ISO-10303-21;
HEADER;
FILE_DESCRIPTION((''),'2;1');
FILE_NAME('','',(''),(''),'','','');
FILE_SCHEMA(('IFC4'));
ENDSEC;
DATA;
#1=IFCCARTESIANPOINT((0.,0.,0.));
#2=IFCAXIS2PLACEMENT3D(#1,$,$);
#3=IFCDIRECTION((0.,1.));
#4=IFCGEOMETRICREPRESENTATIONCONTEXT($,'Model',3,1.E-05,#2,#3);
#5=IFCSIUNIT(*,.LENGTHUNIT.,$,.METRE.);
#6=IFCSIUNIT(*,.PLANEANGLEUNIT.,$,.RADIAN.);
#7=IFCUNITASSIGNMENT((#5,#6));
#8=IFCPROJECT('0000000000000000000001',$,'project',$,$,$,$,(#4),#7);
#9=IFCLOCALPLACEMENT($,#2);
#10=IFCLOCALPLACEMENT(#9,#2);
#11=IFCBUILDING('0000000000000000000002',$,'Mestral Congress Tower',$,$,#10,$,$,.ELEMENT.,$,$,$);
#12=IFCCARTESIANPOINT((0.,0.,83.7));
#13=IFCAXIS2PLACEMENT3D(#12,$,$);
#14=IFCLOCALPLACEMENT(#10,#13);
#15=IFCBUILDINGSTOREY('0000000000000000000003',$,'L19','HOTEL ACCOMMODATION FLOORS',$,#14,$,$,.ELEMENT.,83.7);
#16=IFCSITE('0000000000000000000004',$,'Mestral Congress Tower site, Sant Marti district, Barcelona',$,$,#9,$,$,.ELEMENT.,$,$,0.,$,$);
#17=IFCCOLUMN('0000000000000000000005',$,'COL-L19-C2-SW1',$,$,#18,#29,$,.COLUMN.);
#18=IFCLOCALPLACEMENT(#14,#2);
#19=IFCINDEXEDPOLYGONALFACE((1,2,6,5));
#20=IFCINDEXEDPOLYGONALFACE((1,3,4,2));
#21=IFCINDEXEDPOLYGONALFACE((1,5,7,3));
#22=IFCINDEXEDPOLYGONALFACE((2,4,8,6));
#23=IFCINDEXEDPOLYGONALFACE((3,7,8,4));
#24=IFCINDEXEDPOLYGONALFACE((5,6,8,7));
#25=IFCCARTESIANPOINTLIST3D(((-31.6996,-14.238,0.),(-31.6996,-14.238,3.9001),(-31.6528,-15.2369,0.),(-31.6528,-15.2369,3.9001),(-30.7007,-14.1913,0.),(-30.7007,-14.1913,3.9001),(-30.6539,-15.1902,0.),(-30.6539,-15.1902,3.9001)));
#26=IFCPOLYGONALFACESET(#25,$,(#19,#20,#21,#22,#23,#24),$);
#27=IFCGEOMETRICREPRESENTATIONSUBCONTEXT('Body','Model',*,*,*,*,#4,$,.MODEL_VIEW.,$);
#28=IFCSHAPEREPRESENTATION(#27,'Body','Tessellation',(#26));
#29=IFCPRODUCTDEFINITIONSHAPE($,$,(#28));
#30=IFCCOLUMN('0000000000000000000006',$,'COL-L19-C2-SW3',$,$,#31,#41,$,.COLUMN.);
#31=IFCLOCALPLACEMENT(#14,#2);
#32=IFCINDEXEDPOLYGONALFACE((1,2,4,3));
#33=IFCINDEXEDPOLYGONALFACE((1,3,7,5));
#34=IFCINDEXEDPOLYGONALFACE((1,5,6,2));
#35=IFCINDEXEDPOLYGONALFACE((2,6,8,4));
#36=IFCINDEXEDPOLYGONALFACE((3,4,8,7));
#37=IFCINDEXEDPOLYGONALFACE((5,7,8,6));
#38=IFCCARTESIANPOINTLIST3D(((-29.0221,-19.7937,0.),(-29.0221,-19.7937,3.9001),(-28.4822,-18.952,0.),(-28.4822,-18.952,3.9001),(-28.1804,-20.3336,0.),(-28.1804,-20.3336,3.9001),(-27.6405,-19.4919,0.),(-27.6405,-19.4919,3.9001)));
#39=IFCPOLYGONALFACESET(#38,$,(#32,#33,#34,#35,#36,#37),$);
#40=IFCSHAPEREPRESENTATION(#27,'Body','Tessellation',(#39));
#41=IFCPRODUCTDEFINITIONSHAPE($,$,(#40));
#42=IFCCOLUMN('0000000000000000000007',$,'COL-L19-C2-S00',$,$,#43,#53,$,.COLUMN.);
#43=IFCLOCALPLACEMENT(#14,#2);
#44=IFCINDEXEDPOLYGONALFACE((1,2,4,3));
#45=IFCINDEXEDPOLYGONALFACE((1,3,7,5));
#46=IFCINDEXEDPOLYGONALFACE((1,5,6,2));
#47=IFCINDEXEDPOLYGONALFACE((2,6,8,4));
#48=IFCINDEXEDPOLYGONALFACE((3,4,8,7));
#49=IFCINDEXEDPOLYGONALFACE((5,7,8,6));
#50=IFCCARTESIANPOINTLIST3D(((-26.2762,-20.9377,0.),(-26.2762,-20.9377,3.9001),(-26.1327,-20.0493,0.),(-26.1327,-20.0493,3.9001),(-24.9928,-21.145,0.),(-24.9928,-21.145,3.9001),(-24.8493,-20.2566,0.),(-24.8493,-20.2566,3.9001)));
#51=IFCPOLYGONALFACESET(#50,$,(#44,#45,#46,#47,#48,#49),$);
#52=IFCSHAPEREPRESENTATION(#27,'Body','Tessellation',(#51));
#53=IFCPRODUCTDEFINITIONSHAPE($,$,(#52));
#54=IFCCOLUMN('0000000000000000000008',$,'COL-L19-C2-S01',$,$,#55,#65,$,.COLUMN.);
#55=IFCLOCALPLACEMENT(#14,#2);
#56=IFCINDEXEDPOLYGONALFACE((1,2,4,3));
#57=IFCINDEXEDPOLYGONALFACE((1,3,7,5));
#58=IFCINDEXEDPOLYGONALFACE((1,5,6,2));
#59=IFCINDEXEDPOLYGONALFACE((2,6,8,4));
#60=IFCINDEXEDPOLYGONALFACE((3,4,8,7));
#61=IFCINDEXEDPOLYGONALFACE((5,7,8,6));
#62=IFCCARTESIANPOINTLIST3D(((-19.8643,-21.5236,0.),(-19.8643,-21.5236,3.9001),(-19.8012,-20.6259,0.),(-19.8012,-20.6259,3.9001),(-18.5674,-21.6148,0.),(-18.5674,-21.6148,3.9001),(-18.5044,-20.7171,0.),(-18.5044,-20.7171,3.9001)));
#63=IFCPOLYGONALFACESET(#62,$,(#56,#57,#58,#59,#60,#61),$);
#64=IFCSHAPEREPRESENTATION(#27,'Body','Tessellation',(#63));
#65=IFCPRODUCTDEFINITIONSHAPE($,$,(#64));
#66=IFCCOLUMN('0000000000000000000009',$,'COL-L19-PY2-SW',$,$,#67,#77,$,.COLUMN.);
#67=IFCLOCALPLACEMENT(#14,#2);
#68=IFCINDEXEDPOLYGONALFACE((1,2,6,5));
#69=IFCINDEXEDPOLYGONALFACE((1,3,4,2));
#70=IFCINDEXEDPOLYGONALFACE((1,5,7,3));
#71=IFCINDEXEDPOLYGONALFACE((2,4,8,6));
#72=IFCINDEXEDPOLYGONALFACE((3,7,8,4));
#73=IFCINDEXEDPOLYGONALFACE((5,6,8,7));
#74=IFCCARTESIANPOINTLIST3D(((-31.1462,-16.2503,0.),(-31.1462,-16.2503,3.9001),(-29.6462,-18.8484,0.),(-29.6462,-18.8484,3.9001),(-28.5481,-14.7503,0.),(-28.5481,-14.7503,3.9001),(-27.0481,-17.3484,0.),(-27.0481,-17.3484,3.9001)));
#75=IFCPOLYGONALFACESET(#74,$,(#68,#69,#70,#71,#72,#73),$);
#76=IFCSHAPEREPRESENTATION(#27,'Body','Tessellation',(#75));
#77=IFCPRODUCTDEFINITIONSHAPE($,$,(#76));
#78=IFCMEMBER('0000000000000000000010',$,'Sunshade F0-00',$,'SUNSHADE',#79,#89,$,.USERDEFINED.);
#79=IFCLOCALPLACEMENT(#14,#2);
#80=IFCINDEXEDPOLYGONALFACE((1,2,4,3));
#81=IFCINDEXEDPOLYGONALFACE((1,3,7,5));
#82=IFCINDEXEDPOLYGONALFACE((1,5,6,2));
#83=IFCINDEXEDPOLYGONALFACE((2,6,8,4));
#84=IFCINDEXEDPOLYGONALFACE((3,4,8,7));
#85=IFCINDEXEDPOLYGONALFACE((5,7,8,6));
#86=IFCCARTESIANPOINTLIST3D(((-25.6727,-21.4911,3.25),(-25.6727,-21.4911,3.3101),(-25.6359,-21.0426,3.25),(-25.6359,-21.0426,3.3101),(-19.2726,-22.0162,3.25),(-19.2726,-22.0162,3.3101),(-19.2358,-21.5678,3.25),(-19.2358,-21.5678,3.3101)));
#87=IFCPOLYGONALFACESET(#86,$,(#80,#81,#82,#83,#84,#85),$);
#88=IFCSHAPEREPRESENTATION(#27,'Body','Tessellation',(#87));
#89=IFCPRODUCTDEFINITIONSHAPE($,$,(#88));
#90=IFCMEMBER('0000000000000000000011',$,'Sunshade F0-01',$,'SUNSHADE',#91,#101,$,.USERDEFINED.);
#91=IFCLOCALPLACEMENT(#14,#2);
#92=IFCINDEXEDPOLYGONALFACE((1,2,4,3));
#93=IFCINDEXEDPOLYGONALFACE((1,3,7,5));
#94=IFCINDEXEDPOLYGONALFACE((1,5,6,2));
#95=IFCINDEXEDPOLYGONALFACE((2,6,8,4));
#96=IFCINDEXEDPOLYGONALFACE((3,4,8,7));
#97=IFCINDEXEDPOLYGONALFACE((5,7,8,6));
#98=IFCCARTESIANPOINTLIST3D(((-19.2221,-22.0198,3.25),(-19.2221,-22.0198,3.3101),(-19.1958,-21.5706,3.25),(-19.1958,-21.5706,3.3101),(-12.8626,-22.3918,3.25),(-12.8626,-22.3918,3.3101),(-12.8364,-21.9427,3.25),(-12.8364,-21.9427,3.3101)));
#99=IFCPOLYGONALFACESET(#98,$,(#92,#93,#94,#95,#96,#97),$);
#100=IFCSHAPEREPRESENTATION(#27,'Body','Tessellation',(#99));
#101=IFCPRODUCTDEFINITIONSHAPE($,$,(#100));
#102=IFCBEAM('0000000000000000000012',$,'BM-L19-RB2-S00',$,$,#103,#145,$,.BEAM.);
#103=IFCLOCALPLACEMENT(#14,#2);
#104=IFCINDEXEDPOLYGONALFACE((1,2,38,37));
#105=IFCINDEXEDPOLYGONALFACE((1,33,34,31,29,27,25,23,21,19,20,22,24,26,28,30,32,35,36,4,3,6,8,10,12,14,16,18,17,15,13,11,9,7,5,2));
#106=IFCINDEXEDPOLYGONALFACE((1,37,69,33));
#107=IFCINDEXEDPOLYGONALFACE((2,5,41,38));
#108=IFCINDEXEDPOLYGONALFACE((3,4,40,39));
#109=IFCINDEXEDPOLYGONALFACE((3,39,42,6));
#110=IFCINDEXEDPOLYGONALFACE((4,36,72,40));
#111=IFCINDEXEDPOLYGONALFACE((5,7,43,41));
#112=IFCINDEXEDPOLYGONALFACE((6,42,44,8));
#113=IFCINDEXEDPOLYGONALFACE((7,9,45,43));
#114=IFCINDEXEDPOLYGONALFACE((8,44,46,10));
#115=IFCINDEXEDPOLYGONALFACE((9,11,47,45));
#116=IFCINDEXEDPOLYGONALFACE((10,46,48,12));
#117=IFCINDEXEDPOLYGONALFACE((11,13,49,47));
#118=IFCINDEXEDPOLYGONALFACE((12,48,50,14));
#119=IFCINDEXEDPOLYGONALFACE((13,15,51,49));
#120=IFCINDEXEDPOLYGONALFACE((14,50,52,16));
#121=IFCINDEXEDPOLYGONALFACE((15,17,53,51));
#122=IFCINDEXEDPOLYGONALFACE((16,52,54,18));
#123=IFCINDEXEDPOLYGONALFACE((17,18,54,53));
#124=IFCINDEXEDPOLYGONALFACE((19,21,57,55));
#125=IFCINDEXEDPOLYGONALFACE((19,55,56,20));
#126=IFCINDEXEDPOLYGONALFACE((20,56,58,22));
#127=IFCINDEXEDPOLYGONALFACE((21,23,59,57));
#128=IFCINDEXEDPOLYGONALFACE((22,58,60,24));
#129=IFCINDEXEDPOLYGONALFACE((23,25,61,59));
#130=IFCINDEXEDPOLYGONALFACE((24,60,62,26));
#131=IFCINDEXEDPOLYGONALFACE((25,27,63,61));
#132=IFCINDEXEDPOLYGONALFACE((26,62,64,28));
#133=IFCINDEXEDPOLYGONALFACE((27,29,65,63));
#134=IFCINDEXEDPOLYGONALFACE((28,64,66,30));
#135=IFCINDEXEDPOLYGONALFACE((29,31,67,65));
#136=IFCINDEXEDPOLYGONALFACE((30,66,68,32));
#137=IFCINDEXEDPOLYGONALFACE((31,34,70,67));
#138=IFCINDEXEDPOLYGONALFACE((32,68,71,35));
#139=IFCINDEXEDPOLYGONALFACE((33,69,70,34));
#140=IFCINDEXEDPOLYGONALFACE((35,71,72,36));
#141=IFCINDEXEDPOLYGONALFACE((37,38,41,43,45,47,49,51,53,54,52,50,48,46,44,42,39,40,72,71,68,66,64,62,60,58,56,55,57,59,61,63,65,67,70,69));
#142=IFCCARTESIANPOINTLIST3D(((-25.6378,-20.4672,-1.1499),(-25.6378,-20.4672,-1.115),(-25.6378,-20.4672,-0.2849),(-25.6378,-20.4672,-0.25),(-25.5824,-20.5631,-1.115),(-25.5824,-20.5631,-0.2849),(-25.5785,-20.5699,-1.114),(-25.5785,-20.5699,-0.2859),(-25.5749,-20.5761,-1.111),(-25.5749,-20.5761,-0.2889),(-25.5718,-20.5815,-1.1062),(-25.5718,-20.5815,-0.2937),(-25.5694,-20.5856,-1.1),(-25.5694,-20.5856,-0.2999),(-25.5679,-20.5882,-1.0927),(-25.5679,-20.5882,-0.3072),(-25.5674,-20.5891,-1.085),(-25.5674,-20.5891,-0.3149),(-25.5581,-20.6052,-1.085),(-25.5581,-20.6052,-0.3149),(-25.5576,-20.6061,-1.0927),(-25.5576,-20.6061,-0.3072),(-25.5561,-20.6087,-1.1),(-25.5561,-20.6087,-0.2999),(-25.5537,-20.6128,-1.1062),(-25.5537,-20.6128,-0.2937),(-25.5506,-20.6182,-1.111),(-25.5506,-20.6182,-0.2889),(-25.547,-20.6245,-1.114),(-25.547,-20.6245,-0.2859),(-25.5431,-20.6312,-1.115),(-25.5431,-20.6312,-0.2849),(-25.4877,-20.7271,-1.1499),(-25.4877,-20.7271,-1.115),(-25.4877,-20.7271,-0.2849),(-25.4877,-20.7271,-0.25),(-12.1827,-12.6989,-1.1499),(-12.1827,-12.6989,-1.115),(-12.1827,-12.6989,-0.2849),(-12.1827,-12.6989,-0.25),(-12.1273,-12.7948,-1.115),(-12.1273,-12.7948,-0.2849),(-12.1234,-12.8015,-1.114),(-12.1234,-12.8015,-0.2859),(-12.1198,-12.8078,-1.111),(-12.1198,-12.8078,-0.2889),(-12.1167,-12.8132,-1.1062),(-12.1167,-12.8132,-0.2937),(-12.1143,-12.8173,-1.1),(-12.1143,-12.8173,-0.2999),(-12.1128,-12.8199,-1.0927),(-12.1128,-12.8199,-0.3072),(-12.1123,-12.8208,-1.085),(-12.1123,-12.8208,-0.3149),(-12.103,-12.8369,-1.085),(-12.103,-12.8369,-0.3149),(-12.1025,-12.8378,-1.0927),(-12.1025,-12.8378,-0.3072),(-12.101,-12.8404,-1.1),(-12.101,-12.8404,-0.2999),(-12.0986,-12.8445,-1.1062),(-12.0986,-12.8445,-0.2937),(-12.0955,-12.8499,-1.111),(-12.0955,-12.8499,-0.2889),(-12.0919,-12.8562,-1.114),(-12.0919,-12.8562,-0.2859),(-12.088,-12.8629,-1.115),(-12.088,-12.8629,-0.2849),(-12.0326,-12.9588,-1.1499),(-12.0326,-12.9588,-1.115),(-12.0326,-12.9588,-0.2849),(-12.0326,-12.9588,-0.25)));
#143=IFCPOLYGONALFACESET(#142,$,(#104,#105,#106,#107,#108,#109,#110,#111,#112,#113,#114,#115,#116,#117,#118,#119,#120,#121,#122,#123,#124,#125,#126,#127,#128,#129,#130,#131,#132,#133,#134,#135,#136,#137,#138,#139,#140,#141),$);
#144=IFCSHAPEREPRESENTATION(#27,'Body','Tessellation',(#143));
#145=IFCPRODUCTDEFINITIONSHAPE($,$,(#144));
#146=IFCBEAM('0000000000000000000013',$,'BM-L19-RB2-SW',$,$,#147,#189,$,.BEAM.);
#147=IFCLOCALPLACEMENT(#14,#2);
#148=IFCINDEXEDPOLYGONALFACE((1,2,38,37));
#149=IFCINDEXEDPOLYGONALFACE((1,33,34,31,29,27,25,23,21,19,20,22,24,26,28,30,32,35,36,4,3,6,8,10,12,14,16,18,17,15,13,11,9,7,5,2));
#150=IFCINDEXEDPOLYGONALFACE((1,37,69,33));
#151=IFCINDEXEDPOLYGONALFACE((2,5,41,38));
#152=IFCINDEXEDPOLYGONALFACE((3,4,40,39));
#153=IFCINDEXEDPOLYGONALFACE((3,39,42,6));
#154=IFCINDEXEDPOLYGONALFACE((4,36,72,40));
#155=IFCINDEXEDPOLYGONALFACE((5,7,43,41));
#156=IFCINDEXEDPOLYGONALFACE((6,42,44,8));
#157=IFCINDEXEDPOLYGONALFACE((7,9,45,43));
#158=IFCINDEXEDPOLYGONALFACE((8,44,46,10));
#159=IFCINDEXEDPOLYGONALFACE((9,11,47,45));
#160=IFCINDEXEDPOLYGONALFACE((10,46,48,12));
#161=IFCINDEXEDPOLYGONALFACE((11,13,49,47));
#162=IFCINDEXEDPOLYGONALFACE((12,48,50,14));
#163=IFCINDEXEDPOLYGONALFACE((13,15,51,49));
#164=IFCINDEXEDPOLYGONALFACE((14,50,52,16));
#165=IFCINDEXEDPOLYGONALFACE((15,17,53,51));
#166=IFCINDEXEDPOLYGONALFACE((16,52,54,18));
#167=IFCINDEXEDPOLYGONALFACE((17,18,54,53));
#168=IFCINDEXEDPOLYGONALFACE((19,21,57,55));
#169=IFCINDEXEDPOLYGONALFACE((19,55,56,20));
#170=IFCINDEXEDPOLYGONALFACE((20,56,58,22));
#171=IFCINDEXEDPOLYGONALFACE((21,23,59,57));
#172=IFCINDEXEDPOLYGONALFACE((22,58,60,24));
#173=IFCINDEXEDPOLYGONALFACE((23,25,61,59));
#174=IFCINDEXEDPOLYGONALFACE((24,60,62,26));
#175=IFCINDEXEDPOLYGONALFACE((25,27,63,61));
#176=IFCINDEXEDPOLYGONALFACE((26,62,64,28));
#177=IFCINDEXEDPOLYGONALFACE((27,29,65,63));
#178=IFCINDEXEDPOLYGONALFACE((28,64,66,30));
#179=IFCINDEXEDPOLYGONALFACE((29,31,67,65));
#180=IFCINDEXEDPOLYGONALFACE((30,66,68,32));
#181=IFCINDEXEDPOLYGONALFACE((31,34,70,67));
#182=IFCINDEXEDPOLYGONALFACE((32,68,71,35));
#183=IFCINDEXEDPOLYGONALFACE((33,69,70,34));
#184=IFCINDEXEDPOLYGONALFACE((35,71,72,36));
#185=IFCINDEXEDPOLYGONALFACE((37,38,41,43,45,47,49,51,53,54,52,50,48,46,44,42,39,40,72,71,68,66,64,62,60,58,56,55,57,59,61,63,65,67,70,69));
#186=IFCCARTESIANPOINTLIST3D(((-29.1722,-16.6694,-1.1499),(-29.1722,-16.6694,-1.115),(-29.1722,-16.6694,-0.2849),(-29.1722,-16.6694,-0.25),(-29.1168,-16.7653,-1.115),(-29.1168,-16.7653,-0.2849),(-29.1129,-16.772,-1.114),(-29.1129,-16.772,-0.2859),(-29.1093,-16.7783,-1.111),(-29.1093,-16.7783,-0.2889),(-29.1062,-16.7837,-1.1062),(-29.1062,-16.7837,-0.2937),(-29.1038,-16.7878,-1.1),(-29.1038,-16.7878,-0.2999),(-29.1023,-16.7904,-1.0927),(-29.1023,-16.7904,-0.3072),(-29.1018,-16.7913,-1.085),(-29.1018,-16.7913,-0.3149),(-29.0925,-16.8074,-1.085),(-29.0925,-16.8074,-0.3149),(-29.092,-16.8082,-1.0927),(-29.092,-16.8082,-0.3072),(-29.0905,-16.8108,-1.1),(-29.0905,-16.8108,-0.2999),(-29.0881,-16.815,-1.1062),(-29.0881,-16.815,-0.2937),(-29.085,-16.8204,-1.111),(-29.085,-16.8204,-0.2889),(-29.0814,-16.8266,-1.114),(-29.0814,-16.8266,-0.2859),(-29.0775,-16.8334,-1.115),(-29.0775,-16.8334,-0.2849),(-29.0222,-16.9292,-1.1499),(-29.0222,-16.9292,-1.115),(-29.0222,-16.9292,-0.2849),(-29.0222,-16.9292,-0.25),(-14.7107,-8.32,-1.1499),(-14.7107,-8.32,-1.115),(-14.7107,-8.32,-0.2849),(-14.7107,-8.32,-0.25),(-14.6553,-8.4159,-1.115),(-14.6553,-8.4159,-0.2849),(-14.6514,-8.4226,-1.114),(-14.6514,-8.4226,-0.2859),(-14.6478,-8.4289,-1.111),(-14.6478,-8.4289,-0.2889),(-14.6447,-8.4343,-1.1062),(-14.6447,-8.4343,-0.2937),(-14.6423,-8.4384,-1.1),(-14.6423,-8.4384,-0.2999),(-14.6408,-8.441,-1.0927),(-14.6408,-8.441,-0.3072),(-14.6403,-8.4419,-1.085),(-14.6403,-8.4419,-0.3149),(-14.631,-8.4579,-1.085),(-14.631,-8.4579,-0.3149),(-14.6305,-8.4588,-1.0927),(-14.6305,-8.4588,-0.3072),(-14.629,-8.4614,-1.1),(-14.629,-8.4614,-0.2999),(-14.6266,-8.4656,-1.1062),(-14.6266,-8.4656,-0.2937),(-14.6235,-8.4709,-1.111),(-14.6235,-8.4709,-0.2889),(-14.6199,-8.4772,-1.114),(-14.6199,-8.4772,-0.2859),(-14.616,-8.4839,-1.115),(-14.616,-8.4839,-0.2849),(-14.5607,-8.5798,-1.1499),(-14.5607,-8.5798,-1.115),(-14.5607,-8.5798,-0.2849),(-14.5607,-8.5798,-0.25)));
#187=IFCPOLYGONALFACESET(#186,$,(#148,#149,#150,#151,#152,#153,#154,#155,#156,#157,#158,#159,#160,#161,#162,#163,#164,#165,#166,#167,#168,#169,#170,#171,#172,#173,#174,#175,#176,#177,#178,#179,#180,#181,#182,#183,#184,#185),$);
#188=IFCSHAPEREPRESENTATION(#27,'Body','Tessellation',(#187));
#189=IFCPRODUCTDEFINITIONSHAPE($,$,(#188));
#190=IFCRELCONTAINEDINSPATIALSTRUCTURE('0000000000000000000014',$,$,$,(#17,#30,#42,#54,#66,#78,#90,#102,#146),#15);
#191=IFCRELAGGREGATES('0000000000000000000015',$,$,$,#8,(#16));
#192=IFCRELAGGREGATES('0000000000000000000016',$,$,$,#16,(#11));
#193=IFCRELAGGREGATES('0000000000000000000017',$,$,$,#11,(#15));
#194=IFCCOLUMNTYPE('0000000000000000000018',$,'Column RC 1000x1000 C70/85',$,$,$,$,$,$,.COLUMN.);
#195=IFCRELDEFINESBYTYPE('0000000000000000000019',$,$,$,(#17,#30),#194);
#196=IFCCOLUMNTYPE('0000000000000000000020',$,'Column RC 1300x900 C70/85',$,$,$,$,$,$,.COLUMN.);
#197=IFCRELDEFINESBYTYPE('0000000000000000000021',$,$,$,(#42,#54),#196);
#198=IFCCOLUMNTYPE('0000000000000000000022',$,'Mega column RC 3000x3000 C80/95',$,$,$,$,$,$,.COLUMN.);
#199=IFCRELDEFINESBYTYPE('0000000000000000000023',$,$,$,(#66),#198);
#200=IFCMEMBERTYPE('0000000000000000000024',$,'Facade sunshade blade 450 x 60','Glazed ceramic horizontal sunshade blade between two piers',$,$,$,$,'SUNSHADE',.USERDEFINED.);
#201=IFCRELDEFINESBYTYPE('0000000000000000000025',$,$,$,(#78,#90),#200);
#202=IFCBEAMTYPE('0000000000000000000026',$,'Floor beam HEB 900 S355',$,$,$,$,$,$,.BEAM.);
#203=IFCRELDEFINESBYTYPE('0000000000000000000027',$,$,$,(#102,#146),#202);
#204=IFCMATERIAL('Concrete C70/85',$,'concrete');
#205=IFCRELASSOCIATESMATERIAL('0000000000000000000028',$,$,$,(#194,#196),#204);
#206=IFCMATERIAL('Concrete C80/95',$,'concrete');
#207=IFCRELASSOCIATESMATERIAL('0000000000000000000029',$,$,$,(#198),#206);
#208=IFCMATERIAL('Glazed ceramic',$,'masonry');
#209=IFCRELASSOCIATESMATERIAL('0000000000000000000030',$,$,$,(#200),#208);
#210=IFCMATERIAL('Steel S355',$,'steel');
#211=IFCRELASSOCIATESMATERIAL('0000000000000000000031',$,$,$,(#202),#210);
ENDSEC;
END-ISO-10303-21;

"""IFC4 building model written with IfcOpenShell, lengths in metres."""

from ifc_helpers import new_model, si_unit, direction, frame, origin, origin_2d, place, context, subcontext, project, spatial, rectangle, i_section, extrude, material, material_profile, profile_set, type_object, element, save


model = new_model("IFC4")

# Units and contexts
model_context = context("Model", 3, precision=1e-05, world=origin(), true_north=direction((0.0, 1.0)))
body_context = subcontext(model_context, "Body", "Model", "MODEL_VIEW")
ifc_project = project(units=[si_unit("LENGTHUNIT", "METRE"), si_unit("PLANEANGLEUNIT", "RADIAN")], contexts=[model_context])

# Site, building, storey
site_placement = place(None, origin())
site = spatial("IfcSite", under=ifc_project, at=site_placement, Name="Mestral Congress Tower site, Sant Marti district, Barcelona", CompositionType="ELEMENT", RefElevation=0.0)
building_placement = place(site_placement, origin())
building = spatial("IfcBuilding", under=site, at=building_placement, Name="Mestral Congress Tower", CompositionType="ELEMENT")
storey_placement = place(building_placement, frame((0.0, 0.0, 83.7)))
storey = spatial("IfcBuildingStorey", under=building, at=storey_placement, Name="L19", Description="HOTEL ACCOMMODATION FLOORS", CompositionType="ELEMENT", Elevation=83.7)

# Columns
ifc_material_1 = material(Name="Concrete C70/85", Category="concrete")
ifc_material_profile_1 = material_profile(ifc_material_1, rectangle(XDim=1.0, YDim=1.0, at=origin_2d()), Name="RC 1000x1000")
ifc_profile_set_1 = profile_set([ifc_material_profile_1], Name="Concrete C70/85")
column_type_1 = type_object("IfcColumnType", Name="Column RC 1000x1000 C70/85", PredefinedType="COLUMN", material=ifc_profile_set_1)
for number, where, z_axis, x_axis, name in (
    (1, (-31.1768, -14.7141, 0.0), (0.0, 0.0, 1.0), (0.046756, -0.998906, 0.0), "COL-L19-C2-SW1"),
    (2, (-28.3313, -19.6428, 0.0), (0.0, 0.0, 1.0), (0.8417, -0.539945, 0.0), "COL-L19-C2-SW3"),
):
    element("IfcColumn", number, at=place(storey_placement, frame(where, z_axis=z_axis, x_axis=x_axis)), inside=storey, type_object=column_type_1, Name=name, PredefinedType="COLUMN", context=body_context, shape_type="SweptSolid", body=[
        extrude(rectangle(XDim=1.0, YDim=1.0, at=origin_2d()), origin(), (0.0, 0.0, 1.0), 3.9001),
    ])
ifc_material_profile_2 = material_profile(ifc_material_1, rectangle(XDim=1.3, YDim=0.8999, at=origin_2d()), Name="RC 1300x900")
ifc_profile_set_2 = profile_set([ifc_material_profile_2], Name="Concrete C70/85")
column_type_2 = type_object("IfcColumnType", Name="Column RC 1300x900 C70/85", PredefinedType="COLUMN", material=ifc_profile_set_2)
for number, where, z_axis, x_axis, name in (
    (3, (-25.5627, -20.5972, 0.0), (0.0, 0.0, 1.0), (0.987202, -0.159473, 0.0), "COL-L19-C2-S00"),
    (4, (-19.1843, -21.1204, 0.0), (0.0, 0.0, 1.0), (0.99754, -0.070101, 0.0), "COL-L19-C2-S01"),
):
    element("IfcColumn", number, at=place(storey_placement, frame(where, z_axis=z_axis, x_axis=x_axis)), inside=storey, type_object=column_type_2, Name=name, PredefinedType="COLUMN", context=body_context, shape_type="SweptSolid", body=[
        extrude(rectangle(XDim=1.3, YDim=0.8999, at=origin_2d()), origin(), (0.0, 0.0, 1.0), 3.9001),
    ])
ifc_material_2 = material(Name="Concrete C80/95", Category="concrete")
ifc_material_profile_3 = material_profile(ifc_material_2, rectangle(XDim=3.0, YDim=3.0, at=origin_2d()), Name="RC 3000x3000")
ifc_profile_set_3 = profile_set([ifc_material_profile_3], Name="Concrete C80/95")
column_type_3 = type_object("IfcColumnType", Name="Mega column RC 3000x3000 C80/95", PredefinedType="COLUMN", material=ifc_profile_set_3)
column_placement = place(storey_placement, frame((-29.0972, -16.7993, 0.0), z_axis=(0.0, 0.0, 1.0), x_axis=(-0.866025, -0.5, 0.0)))
element("IfcColumn", 5, at=column_placement, inside=storey, type_object=column_type_3, Name="COL-L19-PY2-SW", PredefinedType="COLUMN", context=body_context, shape_type="SweptSolid", body=[
    extrude(rectangle(XDim=3.0, YDim=3.0, at=origin_2d()), origin(), (0.0, 0.0, 1.0), 3.9001),
])

# Members
ifc_material_3 = material(Name="Glazed ceramic", Category="masonry")
ifc_material_profile_4 = material_profile(ifc_material_3, rectangle(XDim=0.45, YDim=0.0601, at=origin_2d()), Name="Ceramic blade 450 x 60")
ifc_profile_set_4 = profile_set([ifc_material_profile_4], Name="Glazed ceramic")
member_type = type_object("IfcMemberType", Name="Facade sunshade blade 450 x 60", Description="Glazed ceramic horizontal sunshade blade between two piers", ElementType="SUNSHADE", PredefinedType="USERDEFINED", material=ifc_profile_set_4)
member_1_placement = place(storey_placement, frame((-25.6543, -21.2668, 3.28), z_axis=(0.996651, -0.081777, 0.0), x_axis=(0.081777, 0.996651, 0.0)))
element("IfcMember", 6, at=member_1_placement, inside=storey, type_object=member_type, Name="Sunshade F0-00", ObjectType="SUNSHADE", PredefinedType="USERDEFINED", context=body_context, shape_type="SweptSolid", body=[
    extrude(rectangle(XDim=0.45, YDim=0.0601, at=origin_2d()), origin(), (0.0, 0.0, 1.0), 6.4216),
])
member_2_placement = place(storey_placement, frame((-19.209, -21.7952, 3.28), z_axis=(0.998293, -0.058407, 0.0), x_axis=(0.058407, 0.998293, 0.0)))
element("IfcMember", 7, at=member_2_placement, inside=storey, type_object=member_type, Name="Sunshade F0-01", ObjectType="SUNSHADE", PredefinedType="USERDEFINED", context=body_context, shape_type="SweptSolid", body=[
    extrude(rectangle(XDim=0.45, YDim=0.0601, at=origin_2d()), origin(), (0.0, 0.0, 1.0), 6.3704),
])

# Beams
ifc_material_4 = material(Name="Steel S355", Category="steel")
ifc_material_profile_5 = material_profile(ifc_material_4, i_section(OverallWidth=0.3, OverallDepth=0.8999, WebThickness=0.0186, FlangeThickness=0.0349, FilletRadius=0.03, at=origin_2d()), Name="HEB 900")
ifc_profile_set_5 = profile_set([ifc_material_profile_5], Name="Steel S355")
beam_type_1 = type_object("IfcBeamType", Name="Floor beam HEB 900 S355", PredefinedType="BEAM", material=ifc_profile_set_5)
beam_1_placement = place(storey_placement, frame((-25.5627, -20.5972, -0.7), z_axis=(0.866025, 0.500001, 0.0), x_axis=(-0.500001, 0.866025, 0.0)))
element("IfcBeam", 8, at=beam_1_placement, inside=storey, type_object=beam_type_1, Name="BM-L19-RB2-S00", PredefinedType="BEAM", context=body_context, shape_type="SweptSolid", body=[
    extrude(i_section(OverallWidth=0.3, OverallDepth=0.8999, WebThickness=0.0186, FlangeThickness=0.0349, FilletRadius=0.03, at=origin_2d()), origin(), (0.0, 0.0, 1.0), 15.5366),
])
beam_2_placement = place(storey_placement, frame((-29.0972, -16.7993, -0.7), z_axis=(0.866024, 0.500003, 0.0), x_axis=(-0.500003, 0.866024, 0.0)))
element("IfcBeam", 9, at=beam_2_placement, inside=storey, type_object=beam_type_1, Name="BM-L19-RB2-SW", PredefinedType="BEAM", context=body_context, shape_type="SweptSolid", body=[
    extrude(i_section(OverallWidth=0.3, OverallDepth=0.8999, WebThickness=0.0186, FlangeThickness=0.0349, FilletRadius=0.03, at=origin_2d()), origin(), (0.0, 0.0, 1.0), 16.6987),
])

save(model, "model.ifc")
